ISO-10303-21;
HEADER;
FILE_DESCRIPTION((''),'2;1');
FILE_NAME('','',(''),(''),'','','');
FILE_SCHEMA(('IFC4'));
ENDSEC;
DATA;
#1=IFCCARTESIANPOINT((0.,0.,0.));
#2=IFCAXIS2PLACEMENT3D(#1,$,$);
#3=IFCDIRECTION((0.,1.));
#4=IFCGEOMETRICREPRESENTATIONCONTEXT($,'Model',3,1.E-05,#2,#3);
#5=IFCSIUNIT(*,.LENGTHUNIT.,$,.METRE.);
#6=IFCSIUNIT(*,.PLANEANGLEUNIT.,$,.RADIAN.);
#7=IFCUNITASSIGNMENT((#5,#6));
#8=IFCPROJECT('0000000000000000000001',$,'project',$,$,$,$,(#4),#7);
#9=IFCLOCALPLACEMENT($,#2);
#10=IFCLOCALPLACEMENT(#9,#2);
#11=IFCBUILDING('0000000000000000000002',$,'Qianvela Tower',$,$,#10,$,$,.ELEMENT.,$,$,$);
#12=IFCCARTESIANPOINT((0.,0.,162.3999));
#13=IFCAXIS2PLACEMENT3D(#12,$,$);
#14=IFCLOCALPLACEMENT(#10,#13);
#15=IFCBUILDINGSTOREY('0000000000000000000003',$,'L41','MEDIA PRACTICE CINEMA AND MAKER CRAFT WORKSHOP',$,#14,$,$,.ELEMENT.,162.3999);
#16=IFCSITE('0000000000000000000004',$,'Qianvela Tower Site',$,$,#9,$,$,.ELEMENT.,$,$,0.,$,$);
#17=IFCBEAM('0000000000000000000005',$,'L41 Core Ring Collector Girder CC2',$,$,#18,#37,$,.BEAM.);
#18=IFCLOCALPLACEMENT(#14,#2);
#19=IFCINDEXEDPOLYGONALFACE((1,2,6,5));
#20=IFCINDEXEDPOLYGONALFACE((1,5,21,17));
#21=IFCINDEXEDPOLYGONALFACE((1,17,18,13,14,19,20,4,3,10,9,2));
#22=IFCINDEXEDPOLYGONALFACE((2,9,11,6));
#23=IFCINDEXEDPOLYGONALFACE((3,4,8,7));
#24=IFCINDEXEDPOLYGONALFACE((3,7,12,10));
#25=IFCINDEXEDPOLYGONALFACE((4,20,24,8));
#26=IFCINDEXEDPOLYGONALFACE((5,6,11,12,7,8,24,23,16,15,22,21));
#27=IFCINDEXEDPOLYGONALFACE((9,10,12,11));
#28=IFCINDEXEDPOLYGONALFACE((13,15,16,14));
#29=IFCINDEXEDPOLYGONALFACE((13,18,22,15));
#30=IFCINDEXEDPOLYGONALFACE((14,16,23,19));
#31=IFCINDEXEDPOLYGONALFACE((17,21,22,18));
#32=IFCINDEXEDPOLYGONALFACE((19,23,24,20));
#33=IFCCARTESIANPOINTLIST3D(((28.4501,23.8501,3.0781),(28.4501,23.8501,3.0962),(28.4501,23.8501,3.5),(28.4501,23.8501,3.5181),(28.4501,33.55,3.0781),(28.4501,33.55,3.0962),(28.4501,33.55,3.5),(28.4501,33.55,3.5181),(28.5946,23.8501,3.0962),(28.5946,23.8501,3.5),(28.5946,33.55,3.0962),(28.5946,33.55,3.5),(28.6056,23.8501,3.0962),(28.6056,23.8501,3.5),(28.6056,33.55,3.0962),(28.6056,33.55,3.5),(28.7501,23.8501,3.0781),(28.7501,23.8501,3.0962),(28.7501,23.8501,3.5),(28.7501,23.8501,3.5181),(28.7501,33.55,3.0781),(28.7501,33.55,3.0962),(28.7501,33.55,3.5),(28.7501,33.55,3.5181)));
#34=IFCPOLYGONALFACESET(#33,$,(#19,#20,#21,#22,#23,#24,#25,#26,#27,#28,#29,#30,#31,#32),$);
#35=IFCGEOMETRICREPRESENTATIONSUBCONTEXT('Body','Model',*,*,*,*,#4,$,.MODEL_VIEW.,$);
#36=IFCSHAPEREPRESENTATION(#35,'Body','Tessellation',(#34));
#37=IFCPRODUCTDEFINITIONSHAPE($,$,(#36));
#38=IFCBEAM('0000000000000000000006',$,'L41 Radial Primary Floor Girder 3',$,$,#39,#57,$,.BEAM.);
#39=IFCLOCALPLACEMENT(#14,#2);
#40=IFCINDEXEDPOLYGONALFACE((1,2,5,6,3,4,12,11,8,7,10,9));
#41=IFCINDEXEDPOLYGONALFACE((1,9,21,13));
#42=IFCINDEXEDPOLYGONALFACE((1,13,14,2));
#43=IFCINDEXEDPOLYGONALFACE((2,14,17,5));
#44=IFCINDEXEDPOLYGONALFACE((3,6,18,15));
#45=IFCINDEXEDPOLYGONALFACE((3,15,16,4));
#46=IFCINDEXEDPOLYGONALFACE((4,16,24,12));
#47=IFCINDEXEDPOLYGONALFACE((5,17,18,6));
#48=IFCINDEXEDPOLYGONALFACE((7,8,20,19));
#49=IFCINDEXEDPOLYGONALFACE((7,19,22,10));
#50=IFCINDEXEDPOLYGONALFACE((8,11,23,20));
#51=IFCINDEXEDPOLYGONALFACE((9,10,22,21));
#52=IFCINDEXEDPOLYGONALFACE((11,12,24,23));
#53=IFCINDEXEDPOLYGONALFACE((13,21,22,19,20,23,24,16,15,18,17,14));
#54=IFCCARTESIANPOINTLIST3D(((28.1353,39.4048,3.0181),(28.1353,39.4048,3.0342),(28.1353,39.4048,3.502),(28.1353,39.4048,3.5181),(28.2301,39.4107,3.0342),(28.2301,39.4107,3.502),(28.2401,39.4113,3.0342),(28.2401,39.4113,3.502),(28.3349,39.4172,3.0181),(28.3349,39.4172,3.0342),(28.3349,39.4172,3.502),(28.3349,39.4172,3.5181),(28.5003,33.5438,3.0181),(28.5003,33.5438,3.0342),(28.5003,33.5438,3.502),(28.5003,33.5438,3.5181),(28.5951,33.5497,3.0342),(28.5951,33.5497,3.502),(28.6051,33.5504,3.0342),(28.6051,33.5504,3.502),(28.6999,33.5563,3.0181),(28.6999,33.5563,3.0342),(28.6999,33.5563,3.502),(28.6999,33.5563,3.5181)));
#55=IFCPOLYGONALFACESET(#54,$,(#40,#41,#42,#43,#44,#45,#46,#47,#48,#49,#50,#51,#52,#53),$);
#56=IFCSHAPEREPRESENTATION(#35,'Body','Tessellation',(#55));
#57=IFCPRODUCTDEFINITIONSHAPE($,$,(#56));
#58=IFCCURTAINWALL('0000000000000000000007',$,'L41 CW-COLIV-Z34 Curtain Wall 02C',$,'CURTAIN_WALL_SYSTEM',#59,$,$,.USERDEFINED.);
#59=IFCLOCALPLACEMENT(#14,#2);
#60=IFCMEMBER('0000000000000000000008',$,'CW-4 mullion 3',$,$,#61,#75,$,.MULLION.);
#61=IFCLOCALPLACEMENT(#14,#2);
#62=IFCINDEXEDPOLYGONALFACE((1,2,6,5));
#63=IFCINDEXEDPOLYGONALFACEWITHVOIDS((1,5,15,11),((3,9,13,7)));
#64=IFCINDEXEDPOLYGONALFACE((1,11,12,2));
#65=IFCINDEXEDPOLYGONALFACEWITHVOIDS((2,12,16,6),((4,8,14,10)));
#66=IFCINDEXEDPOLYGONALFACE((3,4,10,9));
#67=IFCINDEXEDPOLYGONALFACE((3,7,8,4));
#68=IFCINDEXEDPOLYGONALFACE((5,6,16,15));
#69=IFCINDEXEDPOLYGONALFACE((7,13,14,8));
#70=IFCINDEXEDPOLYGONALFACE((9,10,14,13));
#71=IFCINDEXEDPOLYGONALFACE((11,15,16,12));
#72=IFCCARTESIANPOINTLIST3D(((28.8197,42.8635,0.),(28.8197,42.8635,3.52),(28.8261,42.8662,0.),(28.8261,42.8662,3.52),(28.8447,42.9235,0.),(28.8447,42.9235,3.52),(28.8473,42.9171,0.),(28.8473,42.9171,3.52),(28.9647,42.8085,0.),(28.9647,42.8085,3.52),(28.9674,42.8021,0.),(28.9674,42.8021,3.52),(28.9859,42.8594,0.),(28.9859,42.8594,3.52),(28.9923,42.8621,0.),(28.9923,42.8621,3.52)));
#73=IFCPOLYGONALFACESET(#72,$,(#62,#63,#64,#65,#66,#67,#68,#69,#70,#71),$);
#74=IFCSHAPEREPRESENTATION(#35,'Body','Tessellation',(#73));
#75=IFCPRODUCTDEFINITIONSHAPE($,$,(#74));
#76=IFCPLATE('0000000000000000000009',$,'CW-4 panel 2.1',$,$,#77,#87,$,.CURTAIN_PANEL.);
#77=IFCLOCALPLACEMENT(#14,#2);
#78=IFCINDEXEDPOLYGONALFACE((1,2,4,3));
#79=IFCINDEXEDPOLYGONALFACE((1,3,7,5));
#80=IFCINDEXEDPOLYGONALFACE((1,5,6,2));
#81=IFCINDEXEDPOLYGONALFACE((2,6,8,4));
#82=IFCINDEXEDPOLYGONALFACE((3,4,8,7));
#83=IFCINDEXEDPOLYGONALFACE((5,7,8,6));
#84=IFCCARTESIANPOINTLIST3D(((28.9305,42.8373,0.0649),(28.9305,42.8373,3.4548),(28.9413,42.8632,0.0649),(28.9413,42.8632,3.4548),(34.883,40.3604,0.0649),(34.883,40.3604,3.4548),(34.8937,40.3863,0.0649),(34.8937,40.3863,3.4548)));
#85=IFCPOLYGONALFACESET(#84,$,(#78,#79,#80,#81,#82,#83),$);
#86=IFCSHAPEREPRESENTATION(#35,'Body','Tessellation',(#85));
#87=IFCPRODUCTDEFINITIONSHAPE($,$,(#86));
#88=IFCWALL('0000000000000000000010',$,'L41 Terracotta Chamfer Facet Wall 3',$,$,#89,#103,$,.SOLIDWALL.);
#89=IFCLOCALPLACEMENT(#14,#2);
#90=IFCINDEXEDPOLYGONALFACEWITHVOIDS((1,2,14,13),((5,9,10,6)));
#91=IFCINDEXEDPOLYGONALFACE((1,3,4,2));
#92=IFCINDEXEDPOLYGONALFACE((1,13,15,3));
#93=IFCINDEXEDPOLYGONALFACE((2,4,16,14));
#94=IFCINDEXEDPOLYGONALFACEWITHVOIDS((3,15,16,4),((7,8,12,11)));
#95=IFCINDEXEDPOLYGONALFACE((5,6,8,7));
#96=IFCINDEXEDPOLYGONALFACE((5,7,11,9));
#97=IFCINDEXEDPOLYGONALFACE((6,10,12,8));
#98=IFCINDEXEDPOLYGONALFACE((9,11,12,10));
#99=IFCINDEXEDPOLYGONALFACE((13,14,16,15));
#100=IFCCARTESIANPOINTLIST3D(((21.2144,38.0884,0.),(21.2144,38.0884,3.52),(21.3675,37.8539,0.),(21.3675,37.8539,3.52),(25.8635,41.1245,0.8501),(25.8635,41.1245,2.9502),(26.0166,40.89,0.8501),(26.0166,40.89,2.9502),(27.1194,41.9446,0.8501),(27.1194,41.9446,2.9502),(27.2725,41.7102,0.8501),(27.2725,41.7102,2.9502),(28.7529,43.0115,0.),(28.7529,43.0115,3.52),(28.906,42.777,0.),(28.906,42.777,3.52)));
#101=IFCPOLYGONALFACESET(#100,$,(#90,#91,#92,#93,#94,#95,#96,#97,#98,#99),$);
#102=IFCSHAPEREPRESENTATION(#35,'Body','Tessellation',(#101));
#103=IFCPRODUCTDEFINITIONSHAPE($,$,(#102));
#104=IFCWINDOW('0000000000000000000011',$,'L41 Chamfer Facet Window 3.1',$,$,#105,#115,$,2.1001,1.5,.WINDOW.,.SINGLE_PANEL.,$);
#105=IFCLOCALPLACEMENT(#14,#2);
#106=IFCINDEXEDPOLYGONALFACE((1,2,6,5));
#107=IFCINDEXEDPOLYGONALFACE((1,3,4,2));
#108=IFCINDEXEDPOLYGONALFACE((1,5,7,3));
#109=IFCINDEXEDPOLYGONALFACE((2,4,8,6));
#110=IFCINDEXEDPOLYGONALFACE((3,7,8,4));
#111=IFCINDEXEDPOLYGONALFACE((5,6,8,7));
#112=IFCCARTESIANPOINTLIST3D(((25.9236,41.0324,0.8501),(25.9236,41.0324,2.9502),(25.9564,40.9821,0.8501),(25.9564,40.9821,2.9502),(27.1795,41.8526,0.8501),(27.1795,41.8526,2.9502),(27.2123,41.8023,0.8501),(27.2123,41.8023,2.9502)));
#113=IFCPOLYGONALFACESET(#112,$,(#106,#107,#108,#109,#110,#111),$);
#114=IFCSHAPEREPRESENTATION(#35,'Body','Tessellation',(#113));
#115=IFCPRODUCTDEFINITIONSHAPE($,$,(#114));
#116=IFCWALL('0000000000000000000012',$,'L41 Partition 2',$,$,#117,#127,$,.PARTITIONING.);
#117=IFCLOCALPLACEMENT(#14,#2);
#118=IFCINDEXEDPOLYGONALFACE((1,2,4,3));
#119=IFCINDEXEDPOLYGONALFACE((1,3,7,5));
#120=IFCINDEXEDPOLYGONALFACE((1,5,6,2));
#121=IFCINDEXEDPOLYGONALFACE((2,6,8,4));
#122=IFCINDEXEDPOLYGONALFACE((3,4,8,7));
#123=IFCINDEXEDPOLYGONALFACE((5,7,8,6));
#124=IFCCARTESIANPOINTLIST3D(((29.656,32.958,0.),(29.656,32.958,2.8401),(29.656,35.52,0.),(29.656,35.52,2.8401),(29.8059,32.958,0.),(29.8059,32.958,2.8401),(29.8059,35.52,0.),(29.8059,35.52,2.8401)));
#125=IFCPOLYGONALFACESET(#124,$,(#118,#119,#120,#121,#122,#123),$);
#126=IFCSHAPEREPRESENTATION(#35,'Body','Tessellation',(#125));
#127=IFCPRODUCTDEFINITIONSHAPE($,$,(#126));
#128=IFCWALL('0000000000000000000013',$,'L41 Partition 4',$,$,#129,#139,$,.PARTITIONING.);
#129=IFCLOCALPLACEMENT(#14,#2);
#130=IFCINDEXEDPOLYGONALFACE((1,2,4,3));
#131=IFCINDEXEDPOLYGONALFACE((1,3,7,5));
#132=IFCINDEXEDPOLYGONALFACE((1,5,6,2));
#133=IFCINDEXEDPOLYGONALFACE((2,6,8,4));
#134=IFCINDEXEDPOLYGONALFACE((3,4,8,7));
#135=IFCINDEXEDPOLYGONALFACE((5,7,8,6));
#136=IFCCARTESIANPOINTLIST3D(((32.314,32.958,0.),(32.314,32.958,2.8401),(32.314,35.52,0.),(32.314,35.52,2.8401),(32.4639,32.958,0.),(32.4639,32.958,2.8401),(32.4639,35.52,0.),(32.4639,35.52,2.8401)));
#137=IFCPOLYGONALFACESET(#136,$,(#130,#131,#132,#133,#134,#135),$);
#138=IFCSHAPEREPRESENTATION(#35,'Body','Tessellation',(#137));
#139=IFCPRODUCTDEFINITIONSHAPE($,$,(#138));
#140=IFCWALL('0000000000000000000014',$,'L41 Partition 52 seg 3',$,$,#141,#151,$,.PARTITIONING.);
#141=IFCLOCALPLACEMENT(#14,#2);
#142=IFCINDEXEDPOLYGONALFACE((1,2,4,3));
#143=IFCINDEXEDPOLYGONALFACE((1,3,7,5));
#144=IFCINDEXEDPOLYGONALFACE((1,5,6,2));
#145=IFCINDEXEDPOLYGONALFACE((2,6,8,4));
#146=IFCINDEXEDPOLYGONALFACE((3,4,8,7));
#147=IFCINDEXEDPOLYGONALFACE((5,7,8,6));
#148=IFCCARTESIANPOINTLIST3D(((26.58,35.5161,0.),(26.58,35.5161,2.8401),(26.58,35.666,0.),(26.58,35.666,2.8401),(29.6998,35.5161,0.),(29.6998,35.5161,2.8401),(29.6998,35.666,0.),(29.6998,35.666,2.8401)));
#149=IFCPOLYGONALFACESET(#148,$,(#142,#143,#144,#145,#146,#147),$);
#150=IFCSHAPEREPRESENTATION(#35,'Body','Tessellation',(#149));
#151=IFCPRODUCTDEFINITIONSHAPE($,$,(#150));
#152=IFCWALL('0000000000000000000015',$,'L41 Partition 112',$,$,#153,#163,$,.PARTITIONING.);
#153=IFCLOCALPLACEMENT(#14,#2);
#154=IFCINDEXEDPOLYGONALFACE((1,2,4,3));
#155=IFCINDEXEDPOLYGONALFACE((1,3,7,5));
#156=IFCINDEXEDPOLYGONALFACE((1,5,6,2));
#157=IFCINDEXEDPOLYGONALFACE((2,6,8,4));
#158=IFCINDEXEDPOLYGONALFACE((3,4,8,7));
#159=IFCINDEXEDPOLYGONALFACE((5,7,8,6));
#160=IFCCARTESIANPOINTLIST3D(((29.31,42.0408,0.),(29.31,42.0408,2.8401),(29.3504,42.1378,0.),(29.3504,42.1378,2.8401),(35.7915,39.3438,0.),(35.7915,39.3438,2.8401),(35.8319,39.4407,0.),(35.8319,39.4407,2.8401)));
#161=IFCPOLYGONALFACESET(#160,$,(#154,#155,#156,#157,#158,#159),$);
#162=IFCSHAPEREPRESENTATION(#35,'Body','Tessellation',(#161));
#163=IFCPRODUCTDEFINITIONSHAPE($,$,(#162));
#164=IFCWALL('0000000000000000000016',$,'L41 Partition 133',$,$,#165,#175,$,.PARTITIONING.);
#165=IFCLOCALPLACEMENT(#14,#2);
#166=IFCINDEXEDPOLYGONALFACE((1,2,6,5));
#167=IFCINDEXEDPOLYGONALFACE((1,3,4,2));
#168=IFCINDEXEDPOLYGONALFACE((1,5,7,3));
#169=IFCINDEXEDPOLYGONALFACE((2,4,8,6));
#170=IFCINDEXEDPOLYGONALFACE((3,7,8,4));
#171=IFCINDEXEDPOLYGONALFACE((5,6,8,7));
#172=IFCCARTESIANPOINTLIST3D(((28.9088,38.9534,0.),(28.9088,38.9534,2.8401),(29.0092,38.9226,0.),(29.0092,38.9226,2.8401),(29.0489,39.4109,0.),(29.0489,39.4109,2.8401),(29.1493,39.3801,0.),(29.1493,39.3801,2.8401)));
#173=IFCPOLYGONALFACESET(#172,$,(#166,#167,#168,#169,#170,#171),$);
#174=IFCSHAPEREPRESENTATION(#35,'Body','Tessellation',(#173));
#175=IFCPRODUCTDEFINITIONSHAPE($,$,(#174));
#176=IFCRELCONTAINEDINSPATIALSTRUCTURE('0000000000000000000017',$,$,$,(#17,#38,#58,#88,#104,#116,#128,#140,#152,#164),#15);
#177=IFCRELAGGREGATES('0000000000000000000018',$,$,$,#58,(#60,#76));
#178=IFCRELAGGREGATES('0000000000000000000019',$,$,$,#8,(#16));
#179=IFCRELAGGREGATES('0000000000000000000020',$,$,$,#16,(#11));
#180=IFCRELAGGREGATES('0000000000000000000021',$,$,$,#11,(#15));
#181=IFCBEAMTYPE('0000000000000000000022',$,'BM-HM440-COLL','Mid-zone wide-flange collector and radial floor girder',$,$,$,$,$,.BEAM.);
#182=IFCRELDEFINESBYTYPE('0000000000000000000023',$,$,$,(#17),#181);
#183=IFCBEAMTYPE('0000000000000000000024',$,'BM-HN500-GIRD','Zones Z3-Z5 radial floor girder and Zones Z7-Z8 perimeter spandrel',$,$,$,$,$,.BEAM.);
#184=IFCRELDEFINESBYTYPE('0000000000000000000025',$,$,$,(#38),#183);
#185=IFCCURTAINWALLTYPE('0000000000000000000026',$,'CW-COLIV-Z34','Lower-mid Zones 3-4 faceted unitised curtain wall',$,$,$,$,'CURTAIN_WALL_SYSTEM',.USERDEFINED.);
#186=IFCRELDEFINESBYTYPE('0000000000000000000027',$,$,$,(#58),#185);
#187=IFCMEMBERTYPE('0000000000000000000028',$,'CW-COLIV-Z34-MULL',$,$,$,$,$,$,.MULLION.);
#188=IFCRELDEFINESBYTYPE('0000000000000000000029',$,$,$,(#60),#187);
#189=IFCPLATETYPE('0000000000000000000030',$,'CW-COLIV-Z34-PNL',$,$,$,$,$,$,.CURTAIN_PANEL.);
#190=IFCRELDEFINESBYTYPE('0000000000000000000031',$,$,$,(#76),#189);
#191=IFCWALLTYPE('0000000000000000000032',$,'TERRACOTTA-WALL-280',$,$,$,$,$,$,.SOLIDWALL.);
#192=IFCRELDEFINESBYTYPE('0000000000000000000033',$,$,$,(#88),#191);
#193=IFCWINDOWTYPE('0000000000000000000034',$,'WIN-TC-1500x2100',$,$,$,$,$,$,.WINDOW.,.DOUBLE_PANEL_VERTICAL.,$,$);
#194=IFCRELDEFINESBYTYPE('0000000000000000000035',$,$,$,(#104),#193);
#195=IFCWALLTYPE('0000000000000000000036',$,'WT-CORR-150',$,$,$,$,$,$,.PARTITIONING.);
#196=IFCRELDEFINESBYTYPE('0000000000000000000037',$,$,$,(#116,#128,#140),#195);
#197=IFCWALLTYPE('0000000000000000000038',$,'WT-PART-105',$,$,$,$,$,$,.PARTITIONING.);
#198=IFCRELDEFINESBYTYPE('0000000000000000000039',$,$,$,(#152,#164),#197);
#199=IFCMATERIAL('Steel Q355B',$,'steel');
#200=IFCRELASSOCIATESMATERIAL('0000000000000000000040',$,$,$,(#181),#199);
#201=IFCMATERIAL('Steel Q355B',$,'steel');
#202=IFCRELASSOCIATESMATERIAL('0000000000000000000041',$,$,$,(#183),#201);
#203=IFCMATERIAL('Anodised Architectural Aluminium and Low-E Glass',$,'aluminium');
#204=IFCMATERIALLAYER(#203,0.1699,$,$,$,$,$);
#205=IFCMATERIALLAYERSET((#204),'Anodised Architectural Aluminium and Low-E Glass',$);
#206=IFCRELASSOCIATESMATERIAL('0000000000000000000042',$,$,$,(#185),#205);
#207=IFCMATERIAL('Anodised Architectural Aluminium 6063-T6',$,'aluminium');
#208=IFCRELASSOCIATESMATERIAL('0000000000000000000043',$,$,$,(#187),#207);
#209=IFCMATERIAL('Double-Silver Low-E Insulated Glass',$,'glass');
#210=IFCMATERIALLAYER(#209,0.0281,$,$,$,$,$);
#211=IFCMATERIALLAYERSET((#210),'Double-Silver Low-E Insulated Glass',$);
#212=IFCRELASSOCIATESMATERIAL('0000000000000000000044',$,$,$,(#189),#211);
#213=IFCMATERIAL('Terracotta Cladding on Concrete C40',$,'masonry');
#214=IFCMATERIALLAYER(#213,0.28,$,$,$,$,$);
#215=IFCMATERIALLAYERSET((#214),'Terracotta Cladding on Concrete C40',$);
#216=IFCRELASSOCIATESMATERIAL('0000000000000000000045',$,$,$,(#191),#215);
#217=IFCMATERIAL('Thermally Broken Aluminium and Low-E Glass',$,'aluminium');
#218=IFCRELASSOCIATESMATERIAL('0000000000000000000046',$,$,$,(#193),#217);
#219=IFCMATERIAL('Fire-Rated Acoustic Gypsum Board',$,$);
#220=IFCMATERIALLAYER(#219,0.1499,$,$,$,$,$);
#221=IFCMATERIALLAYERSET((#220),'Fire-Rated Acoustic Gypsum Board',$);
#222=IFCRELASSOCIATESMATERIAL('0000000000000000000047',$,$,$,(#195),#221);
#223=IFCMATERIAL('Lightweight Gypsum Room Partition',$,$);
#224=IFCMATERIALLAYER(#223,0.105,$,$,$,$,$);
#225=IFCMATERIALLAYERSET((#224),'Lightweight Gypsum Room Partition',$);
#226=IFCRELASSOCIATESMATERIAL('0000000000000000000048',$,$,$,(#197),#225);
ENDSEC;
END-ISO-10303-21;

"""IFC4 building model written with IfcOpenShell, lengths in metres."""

from ifc_helpers import new_model, si_unit, direction, frame, frame_2d, origin, origin_2d, place, context, subcontext, project, spatial, rectangle, hollow_rectangle, i_section, extrude, material, layer, layer_set, material_profile, profile_set, type_object, element, fill, aggregate, save


model = new_model("IFC4")

# Units and contexts
model_context = context("Model", 3, precision=1e-05, world=origin(), true_north=direction((0.0, 1.0)))
body_context = subcontext(model_context, "Body", "Model", "MODEL_VIEW")
ifc_project = project(units=[si_unit("LENGTHUNIT", "METRE"), si_unit("PLANEANGLEUNIT", "RADIAN")], contexts=[model_context])

# Site, building, storey
site_placement = place(None, origin())
site = spatial("IfcSite", under=ifc_project, at=site_placement, Name="Qianvela Tower Site", CompositionType="ELEMENT", RefElevation=0.0)
building_placement = place(site_placement, origin())
building = spatial("IfcBuilding", under=site, at=building_placement, Name="Qianvela Tower", CompositionType="ELEMENT")
storey_placement = place(building_placement, frame((0.0, 0.0, 162.3999)))
storey = spatial("IfcBuildingStorey", under=building, at=storey_placement, Name="L41", Description="MEDIA PRACTICE CINEMA AND MAKER CRAFT WORKSHOP", CompositionType="ELEMENT", Elevation=162.3999)

# Beams
ifc_material_1 = material(Name="Steel Q355B", Category="steel")
ifc_material_profile_1 = material_profile(ifc_material_1, i_section(OverallWidth=0.3, OverallDepth=0.4399, WebThickness=0.011, FlangeThickness=0.0181, at=origin_2d()), Name="HM440x300x11x18")
ifc_profile_set_1 = profile_set([ifc_material_profile_1], Name="Steel Q355B")
beam_type_1 = type_object("IfcBeamType", Name="BM-HM440-COLL", Description="Mid-zone wide-flange collector and radial floor girder", PredefinedType="BEAM", material=ifc_profile_set_1)
beam_1_placement = place(storey_placement, frame((28.6001, 33.55, 3.2981), z_axis=(0.0, -1.0, 0.0), x_axis=(1.0, 0.0, 0.0)))
element("IfcBeam", 1, at=beam_1_placement, inside=storey, type_object=beam_type_1, Name="L41 Core Ring Collector Girder CC2", PredefinedType="BEAM", context=body_context, shape_type="SweptSolid", body=[
    extrude(i_section(OverallWidth=0.3, OverallDepth=0.4399, WebThickness=0.011, FlangeThickness=0.0181, at=origin_2d()), origin(), (0.0, 0.0, 1.0), 9.7),
])
ifc_material_2 = material(Name="Steel Q355B", Category="steel")
ifc_material_profile_2 = material_profile(ifc_material_2, i_section(OverallWidth=0.2, OverallDepth=0.5, WebThickness=0.01, FlangeThickness=0.0161, at=origin_2d()), Name="HN500x200x10x16")
ifc_profile_set_2 = profile_set([ifc_material_profile_2], Name="Steel Q355B")
beam_type_2 = type_object("IfcBeamType", Name="BM-HN500-GIRD", Description="Zones Z3-Z5 radial floor girder and Zones Z7-Z8 perimeter spandrel", PredefinedType="BEAM", material=ifc_profile_set_2)
beam_2_placement = place(storey_placement, frame((28.6001, 33.55, 3.2681), z_axis=(-0.062156, 0.998066, 0.0), x_axis=(-0.998066, -0.062156, 0.0)))
element("IfcBeam", 2, at=beam_2_placement, inside=storey, type_object=beam_type_2, Name="L41 Radial Primary Floor Girder 3", PredefinedType="BEAM", context=body_context, shape_type="SweptSolid", body=[
    extrude(i_section(OverallWidth=0.2, OverallDepth=0.5, WebThickness=0.01, FlangeThickness=0.0161, at=origin_2d()), origin(), (0.0, 0.0, 1.0), 5.8723),
])

# Curtain wall, member, plate
ifc_material_3 = material(Name="Anodised Architectural Aluminium and Low-E Glass", Category="aluminium")
ifc_layer_1 = layer(ifc_material_3, 0.1699)
ifc_layer_set_1 = layer_set([ifc_layer_1], Name="Anodised Architectural Aluminium and Low-E Glass")
curtain_wall_type = type_object("IfcCurtainWallType", Name="CW-COLIV-Z34", Description="Lower-mid Zones 3-4 faceted unitised curtain wall", ElementType="CURTAIN_WALL_SYSTEM", PredefinedType="USERDEFINED", material=ifc_layer_set_1)
curtain_wall_placement = place(storey_placement, origin())
curtain_wall = element("IfcCurtainWall", 3, at=curtain_wall_placement, inside=storey, type_object=curtain_wall_type, Name="L41 CW-COLIV-Z34 Curtain Wall 02C", ObjectType="CURTAIN_WALL_SYSTEM", PredefinedType="USERDEFINED")
ifc_material_4 = material(Name="Anodised Architectural Aluminium 6063-T6", Category="aluminium")
ifc_material_profile_3 = material_profile(ifc_material_4, hollow_rectangle(XDim=0.0649, YDim=0.1599, WallThickness=0.0049, at=origin_2d()), Name="ALU-MULL-65x160")
ifc_profile_set_3 = profile_set([ifc_material_profile_3], Name="Anodised Architectural Aluminium 6063-T6")
member_type = type_object("IfcMemberType", Name="CW-COLIV-Z34-MULL", PredefinedType="MULLION", material=ifc_profile_set_3)
member_placement = place(storey_placement, frame((28.906, 42.8628, 0.0), z_axis=(0.0, 0.0, 1.0), x_axis=(-0.384182, -0.923257, 0.0)))
member = element("IfcMember", 4, at=member_placement, type_object=member_type, Name="CW-4 mullion 3", PredefinedType="MULLION", context=body_context, shape_type="SweptSolid", body=[
    extrude(hollow_rectangle(XDim=0.0649, YDim=0.1599, WallThickness=0.0049, at=origin_2d()), origin(), (0.0, 0.0, 1.0), 3.52),
])
ifc_material_5 = material(Name="Double-Silver Low-E Insulated Glass", Category="glass")
ifc_layer_2 = layer(ifc_material_5, 0.0281)
ifc_layer_set_2 = layer_set([ifc_layer_2], Name="Double-Silver Low-E Insulated Glass")
plate_type = type_object("IfcPlateType", Name="CW-COLIV-Z34-PNL", PredefinedType="CURTAIN_PANEL", material=ifc_layer_set_2)
plate_placement = place(storey_placement, frame((31.9121, 41.6118, 0.0649), z_axis=(0.0, 0.0, 1.0), x_axis=(-0.923257, 0.384182, 0.0)))
plate = element("IfcPlate", 5, at=plate_placement, type_object=plate_type, Name="CW-4 panel 2.1", PredefinedType="CURTAIN_PANEL", context=body_context, shape_type="SweptSolid", body=[
    extrude(rectangle(XDim=6.4473, YDim=0.0281, at=origin_2d()), origin(), (0.0, 0.0, 1.0), 3.3899),
])
aggregate(curtain_wall, [member, plate])

# Wall, opening, window
ifc_material_6 = material(Name="Terracotta Cladding on Concrete C40", Category="masonry")
ifc_layer_3 = layer(ifc_material_6, 0.28)
ifc_layer_set_3 = layer_set([ifc_layer_3], Name="Terracotta Cladding on Concrete C40")
wall_type_1 = type_object("IfcWallType", Name="TERRACOTTA-WALL-280", PredefinedType="SOLIDWALL", material=ifc_layer_set_3)
wall_1_placement = place(storey_placement, frame((28.8296, 42.8943, 0.0), z_axis=(0.0, 0.0, 1.0), x_axis=(-0.837273, -0.546785, 0.0)))
wall_1 = element("IfcWall", 6, at=wall_1_placement, inside=storey, type_object=wall_type_1, Name="L41 Terracotta Chamfer Facet Wall 3", PredefinedType="SOLIDWALL", context=body_context, shape_type="SweptSolid", body=[
    extrude(rectangle(XDim=9.0037, YDim=0.28, at=frame_2d((4.502, 0.0))), origin(), (0.0, 0.0, 1.0), 3.52),
])
opening_1_placement = place(wall_1_placement, frame((1.9512, 0.0, 0.8501)))
opening_1 = element("IfcOpeningElement", 7, at=opening_1_placement, cuts=wall_1, PredefinedType="OPENING", context=body_context, shape_type="SweptSolid", body=[
    extrude(rectangle(XDim=1.5, YDim=2.1001, at=frame_2d((0.75, 1.05))), frame((0.0, 0.1499, 0.0), z_axis=(0.0, -1.0, 0.0), x_axis=(1.0, 0.0, 0.0)), (0.0, 0.0, 1.0), 0.3),
])
ifc_material_7 = material(Name="Thermally Broken Aluminium and Low-E Glass", Category="aluminium")
window_type = type_object("IfcWindowType", Name="WIN-TC-1500x2100", PartitioningType="DOUBLE_PANEL_VERTICAL", PredefinedType="WINDOW", material=ifc_material_7)
window_placement = place(opening_1_placement, origin())
window = element("IfcWindow", 8, at=window_placement, inside=storey, type_object=window_type, Name="L41 Chamfer Facet Window 3.1", OverallHeight=2.1001, OverallWidth=1.5, PartitioningType="SINGLE_PANEL", PredefinedType="WINDOW", context=body_context, shape_type="SweptSolid", body=[
    extrude(rectangle(XDim=1.5, YDim=2.1001, at=frame_2d((0.75, 1.05))), frame((0.0, 0.03, 0.0), z_axis=(0.0, -1.0, 0.0), x_axis=(1.0, 0.0, 0.0)), (0.0, 0.0, 1.0), 0.0601),
])
fill(opening_1, window)

# Wall
ifc_material_8 = material(Name="Fire-Rated Acoustic Gypsum Board")
ifc_layer_4 = layer(ifc_material_8, 0.1499)
ifc_layer_set_4 = layer_set([ifc_layer_4], Name="Fire-Rated Acoustic Gypsum Board")
wall_type_2 = type_object("IfcWallType", Name="WT-CORR-150", PredefinedType="PARTITIONING", material=ifc_layer_set_4)
wall_2_placement = place(storey_placement, frame((29.731, 32.958, 0.0), z_axis=(0.0, 0.0, 1.0), x_axis=(0.0, 1.0, 0.0)))
element("IfcWall", 9, at=wall_2_placement, inside=storey, type_object=wall_type_2, Name="L41 Partition 2", PredefinedType="PARTITIONING", context=body_context, shape_type="SweptSolid", body=[
    extrude(rectangle(XDim=2.562, YDim=0.1499, at=frame_2d((1.281, 0.0))), origin(), (0.0, 0.0, 1.0), 2.8401),
])

# Walls
wall_3_placement = place(storey_placement, frame((32.3889, 35.52, 0.0), z_axis=(0.0, 0.0, 1.0), x_axis=(0.0, -1.0, 0.0)))
element("IfcWall", 10, at=wall_3_placement, inside=storey, type_object=wall_type_2, Name="L41 Partition 4", PredefinedType="PARTITIONING", context=body_context, shape_type="SweptSolid", body=[
    extrude(rectangle(XDim=2.562, YDim=0.1499, at=frame_2d((1.281, 0.0))), origin(), (0.0, 0.0, 1.0), 2.8401),
])
wall_4_placement = place(storey_placement, frame((29.7, 35.5911, 0.0), z_axis=(0.0, 0.0, 1.0), x_axis=(-1.0, 0.0, 0.0)))
element("IfcWall", 11, at=wall_4_placement, inside=storey, type_object=wall_type_2, Name="L41 Partition 52 seg 3", PredefinedType="PARTITIONING", context=body_context, shape_type="SweptSolid", body=[
    extrude(rectangle(XDim=3.1199, YDim=0.1499, at=frame_2d((1.5601, 0.0))), origin(), (0.0, 0.0, 1.0), 2.8401),
])
ifc_material_9 = material(Name="Lightweight Gypsum Room Partition")
ifc_layer_5 = layer(ifc_material_9, 0.105)
ifc_layer_set_5 = layer_set([ifc_layer_5], Name="Lightweight Gypsum Room Partition")
wall_type_3 = type_object("IfcWallType", Name="WT-PART-105", PredefinedType="PARTITIONING", material=ifc_layer_set_5)
wall_5_placement = place(storey_placement, frame((29.3301, 42.0894, 0.0), z_axis=(0.0, 0.0, 1.0), x_axis=(0.923258, -0.384181, 0.0)))
element("IfcWall", 12, at=wall_5_placement, inside=storey, type_object=wall_type_3, Name="L41 Partition 112", PredefinedType="PARTITIONING", context=body_context, shape_type="SweptSolid", body=[
    extrude(rectangle(XDim=7.0203, YDim=0.105, at=frame_2d((3.5103, 0.0))), origin(), (0.0, 0.0, 1.0), 2.8401),
])
wall_6_placement = place(storey_placement, frame((28.959, 38.938, 0.0), z_axis=(0.0, 0.0, 1.0), x_axis=(0.292867, 0.956153, 0.0)))
element("IfcWall", 13, at=wall_6_placement, inside=storey, type_object=wall_type_3, Name="L41 Partition 133", PredefinedType="PARTITIONING", context=body_context, shape_type="SweptSolid", body=[
    extrude(rectangle(XDim=0.4785, YDim=0.105, at=frame_2d((0.2393, 0.0))), origin(), (0.0, 0.0, 1.0), 2.8401),
])

save(model, "model.ifc")
